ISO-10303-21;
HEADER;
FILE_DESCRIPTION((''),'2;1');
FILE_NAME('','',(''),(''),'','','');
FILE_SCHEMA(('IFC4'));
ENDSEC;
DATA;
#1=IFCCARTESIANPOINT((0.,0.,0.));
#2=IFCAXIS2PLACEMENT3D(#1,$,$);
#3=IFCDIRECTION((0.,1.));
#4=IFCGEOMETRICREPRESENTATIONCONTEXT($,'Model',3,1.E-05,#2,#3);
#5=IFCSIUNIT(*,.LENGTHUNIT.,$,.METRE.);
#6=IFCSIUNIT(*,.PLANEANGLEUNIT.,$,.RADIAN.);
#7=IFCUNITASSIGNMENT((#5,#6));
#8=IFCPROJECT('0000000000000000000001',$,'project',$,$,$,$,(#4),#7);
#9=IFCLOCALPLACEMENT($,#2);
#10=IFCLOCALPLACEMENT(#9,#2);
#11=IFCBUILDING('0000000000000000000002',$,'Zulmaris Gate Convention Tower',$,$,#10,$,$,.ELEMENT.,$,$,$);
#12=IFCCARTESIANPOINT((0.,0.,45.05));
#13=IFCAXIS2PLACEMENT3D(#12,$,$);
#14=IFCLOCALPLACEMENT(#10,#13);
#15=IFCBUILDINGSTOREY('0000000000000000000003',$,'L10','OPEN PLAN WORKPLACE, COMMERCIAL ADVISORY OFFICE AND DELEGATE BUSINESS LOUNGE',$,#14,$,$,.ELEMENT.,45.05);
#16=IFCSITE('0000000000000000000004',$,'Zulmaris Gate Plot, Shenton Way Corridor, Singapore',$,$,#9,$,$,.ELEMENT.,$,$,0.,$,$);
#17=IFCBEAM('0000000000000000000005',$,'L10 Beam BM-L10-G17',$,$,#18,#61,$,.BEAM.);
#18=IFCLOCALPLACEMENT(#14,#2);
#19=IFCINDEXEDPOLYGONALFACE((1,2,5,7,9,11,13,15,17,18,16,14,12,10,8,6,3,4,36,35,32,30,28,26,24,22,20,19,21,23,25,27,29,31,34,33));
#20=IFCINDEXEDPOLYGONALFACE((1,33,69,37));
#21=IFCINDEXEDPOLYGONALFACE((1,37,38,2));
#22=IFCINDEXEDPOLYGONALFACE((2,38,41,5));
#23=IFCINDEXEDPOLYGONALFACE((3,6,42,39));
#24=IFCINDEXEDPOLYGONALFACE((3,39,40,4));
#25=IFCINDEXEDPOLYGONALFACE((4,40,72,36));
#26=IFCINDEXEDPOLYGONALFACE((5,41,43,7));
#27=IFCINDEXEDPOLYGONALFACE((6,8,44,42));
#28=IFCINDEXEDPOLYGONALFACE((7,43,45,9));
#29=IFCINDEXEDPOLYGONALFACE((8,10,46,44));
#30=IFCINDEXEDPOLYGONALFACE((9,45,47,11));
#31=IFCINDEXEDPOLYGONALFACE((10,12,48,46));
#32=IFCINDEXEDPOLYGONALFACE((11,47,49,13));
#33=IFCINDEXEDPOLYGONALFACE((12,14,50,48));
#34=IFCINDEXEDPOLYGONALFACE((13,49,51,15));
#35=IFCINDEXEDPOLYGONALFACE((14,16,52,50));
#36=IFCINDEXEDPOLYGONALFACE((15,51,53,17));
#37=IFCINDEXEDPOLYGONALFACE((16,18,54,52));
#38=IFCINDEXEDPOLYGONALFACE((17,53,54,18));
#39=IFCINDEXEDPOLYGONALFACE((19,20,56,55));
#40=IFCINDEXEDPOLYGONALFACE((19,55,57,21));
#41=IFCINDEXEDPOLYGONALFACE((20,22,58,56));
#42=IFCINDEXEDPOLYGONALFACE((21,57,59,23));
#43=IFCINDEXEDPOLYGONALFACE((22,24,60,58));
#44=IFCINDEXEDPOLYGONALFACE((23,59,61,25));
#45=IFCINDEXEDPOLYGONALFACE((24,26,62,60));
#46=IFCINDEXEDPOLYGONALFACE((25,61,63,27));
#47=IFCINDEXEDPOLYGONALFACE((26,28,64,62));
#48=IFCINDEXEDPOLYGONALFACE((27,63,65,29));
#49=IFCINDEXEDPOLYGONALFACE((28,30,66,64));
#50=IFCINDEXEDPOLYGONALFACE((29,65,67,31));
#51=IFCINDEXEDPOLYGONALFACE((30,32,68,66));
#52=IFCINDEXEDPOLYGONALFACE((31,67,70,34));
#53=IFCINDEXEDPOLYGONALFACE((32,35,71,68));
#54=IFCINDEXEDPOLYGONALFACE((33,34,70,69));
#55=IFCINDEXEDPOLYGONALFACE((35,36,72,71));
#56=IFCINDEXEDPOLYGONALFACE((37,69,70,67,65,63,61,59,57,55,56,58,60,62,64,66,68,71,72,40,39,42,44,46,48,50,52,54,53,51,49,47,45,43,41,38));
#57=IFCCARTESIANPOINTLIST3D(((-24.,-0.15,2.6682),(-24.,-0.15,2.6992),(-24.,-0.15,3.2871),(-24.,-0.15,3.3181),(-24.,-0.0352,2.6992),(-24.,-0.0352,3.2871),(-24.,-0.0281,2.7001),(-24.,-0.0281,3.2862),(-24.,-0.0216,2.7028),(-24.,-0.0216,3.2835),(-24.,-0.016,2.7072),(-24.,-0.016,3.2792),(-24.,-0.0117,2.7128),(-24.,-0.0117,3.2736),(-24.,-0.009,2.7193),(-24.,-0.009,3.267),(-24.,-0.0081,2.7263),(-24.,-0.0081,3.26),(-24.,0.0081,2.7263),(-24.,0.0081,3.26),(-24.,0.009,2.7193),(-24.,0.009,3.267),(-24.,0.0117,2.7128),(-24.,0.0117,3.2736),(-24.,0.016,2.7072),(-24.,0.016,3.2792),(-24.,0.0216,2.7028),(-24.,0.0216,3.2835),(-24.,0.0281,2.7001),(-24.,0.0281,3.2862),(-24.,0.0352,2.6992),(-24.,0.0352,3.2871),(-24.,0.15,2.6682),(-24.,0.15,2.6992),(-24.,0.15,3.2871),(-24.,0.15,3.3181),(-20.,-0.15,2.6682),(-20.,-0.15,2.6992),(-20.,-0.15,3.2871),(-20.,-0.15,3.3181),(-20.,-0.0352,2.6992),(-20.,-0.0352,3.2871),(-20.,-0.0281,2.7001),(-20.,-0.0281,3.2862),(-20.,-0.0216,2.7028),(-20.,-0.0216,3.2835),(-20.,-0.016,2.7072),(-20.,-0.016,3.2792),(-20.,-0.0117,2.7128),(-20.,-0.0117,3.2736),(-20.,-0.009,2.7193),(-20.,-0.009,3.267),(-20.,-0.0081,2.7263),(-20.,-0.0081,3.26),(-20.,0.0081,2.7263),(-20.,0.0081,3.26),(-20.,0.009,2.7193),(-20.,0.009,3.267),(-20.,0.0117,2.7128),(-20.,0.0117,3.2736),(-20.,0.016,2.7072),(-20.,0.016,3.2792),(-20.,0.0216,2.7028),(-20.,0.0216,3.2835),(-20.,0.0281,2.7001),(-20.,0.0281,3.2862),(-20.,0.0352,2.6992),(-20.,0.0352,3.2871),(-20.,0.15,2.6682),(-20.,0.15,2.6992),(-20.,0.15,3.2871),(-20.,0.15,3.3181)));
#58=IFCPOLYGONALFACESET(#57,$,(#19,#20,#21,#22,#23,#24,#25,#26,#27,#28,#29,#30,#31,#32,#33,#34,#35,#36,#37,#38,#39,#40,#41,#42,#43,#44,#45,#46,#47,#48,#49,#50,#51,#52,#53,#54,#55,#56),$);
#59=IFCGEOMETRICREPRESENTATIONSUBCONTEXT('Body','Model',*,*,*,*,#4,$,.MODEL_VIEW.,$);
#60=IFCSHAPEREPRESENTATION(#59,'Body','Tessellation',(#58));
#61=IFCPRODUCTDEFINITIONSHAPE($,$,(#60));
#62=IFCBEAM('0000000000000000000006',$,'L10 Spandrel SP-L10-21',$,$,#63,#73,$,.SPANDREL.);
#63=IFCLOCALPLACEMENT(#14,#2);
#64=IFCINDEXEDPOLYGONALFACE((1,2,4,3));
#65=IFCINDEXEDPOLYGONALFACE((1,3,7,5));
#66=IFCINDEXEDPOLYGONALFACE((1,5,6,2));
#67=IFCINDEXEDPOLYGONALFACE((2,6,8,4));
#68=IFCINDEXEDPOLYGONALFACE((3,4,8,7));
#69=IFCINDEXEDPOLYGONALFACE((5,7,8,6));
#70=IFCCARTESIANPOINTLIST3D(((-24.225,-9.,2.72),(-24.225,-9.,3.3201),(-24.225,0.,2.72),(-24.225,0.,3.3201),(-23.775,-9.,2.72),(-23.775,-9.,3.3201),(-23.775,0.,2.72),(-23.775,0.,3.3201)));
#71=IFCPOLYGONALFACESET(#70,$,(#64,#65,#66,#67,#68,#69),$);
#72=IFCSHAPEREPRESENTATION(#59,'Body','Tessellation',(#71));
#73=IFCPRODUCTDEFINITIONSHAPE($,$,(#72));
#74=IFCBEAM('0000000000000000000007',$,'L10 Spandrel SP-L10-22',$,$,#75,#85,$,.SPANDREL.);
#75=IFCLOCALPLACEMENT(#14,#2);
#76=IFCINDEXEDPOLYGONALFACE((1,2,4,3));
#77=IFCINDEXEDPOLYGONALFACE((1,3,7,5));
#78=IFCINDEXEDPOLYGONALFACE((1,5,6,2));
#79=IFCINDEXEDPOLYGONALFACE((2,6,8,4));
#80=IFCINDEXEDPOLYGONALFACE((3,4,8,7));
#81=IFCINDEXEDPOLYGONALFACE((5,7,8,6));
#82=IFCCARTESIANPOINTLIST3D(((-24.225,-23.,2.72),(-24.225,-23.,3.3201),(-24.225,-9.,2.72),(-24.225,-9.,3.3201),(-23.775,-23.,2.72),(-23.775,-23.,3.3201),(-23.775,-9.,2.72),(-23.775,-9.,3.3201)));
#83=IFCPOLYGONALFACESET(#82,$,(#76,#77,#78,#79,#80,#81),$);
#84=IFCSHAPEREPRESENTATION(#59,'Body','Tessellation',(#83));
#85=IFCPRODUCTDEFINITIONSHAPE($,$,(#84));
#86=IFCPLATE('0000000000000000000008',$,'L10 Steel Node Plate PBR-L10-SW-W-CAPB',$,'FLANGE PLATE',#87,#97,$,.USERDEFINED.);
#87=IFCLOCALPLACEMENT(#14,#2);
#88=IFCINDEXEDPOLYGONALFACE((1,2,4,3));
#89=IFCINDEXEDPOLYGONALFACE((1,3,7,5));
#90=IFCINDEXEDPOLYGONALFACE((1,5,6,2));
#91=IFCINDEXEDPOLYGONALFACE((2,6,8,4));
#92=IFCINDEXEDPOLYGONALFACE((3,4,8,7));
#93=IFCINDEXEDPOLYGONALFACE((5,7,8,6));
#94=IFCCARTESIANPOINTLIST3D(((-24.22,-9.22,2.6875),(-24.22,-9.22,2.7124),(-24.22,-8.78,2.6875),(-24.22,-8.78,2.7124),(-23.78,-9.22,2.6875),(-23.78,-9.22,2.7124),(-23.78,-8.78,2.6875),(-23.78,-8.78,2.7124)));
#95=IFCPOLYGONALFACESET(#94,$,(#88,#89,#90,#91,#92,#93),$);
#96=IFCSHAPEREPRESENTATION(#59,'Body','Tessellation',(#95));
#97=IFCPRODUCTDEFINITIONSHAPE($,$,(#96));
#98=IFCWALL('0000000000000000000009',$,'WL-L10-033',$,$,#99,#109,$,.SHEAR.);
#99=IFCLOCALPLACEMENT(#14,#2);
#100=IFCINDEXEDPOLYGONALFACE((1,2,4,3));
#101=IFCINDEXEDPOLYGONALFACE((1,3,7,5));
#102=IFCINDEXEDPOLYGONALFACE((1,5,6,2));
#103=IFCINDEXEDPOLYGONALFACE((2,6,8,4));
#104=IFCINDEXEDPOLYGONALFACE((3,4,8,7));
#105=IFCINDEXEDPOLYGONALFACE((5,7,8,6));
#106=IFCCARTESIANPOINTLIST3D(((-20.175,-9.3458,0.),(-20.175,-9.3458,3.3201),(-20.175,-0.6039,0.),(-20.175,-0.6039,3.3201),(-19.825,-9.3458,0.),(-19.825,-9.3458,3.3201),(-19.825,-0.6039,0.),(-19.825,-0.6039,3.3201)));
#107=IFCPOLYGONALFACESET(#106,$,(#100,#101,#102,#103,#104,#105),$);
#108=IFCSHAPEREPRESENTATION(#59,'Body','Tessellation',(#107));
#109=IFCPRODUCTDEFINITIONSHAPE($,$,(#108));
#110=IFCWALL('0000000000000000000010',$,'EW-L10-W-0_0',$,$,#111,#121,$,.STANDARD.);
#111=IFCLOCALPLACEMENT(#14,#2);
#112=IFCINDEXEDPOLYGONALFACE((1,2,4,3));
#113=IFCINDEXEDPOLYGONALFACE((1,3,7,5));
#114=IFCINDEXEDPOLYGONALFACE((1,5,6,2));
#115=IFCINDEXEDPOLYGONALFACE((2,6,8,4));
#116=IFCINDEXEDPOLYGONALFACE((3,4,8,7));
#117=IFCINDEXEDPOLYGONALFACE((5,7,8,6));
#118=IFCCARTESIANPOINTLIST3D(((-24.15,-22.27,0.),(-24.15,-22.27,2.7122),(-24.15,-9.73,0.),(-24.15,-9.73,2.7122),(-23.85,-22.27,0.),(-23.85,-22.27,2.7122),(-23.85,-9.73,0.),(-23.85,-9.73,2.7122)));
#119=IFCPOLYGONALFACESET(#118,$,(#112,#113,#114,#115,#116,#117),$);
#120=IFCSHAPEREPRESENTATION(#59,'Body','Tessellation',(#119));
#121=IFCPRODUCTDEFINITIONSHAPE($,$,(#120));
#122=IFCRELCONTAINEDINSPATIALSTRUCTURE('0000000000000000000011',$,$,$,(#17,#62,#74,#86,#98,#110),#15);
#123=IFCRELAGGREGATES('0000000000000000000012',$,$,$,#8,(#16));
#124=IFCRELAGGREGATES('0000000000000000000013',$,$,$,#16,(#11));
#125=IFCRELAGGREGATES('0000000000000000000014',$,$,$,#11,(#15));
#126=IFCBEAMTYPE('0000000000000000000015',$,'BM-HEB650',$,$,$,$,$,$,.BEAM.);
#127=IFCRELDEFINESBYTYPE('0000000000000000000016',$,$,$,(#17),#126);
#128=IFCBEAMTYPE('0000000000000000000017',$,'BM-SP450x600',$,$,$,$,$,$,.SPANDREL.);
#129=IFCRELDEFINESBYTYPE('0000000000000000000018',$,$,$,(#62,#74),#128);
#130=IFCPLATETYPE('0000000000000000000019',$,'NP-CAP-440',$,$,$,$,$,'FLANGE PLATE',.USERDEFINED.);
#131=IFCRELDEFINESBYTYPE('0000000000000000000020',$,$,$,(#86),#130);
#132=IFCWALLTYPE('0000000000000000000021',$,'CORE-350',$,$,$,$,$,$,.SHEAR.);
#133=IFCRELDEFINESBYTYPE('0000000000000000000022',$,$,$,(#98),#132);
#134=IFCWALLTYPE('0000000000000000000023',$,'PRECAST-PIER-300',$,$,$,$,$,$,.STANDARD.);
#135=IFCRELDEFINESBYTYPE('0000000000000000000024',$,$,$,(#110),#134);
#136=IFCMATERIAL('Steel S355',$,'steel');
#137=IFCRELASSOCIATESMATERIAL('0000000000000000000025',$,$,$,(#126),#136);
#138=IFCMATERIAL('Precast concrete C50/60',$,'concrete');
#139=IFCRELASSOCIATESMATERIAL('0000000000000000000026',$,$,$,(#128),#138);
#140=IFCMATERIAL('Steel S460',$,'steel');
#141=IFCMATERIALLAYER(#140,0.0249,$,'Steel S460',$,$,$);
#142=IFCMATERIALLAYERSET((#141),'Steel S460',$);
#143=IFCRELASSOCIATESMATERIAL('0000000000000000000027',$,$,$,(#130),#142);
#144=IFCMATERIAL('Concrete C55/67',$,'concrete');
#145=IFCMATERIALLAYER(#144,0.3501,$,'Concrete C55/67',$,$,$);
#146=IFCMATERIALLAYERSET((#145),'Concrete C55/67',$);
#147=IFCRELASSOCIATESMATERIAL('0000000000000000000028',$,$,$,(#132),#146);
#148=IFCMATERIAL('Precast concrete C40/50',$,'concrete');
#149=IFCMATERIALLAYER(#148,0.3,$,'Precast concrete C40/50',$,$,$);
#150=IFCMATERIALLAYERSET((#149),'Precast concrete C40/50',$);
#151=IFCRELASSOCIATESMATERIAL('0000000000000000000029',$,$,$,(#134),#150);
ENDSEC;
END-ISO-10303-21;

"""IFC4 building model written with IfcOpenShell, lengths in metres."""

from ifc_helpers import new_model, si_unit, direction, frame, frame_2d, origin, origin_2d, place, context, subcontext, project, spatial, rectangle, i_section, extrude, material, layer, layer_set, material_profile, profile_set, type_object, element, save


model = new_model("IFC4")

# Units and contexts
model_context = context("Model", 3, precision=1e-05, world=origin(), true_north=direction((0.0, 1.0)))
body_context = subcontext(model_context, "Body", "Model", "MODEL_VIEW")
ifc_project = project(units=[si_unit("LENGTHUNIT", "METRE"), si_unit("PLANEANGLEUNIT", "RADIAN")], contexts=[model_context])

# Site, building, storey
site_placement = place(None, origin())
site = spatial("IfcSite", under=ifc_project, at=site_placement, Name="Zulmaris Gate Plot, Shenton Way Corridor, Singapore", CompositionType="ELEMENT", RefElevation=0.0)
building_placement = place(site_placement, origin())
building = spatial("IfcBuilding", under=site, at=building_placement, Name="Zulmaris Gate Convention Tower", CompositionType="ELEMENT")
storey_placement = place(building_placement, frame((0.0, 0.0, 45.05)))
storey = spatial("IfcBuildingStorey", under=building, at=storey_placement, Name="L10", Description="OPEN PLAN WORKPLACE, COMMERCIAL ADVISORY OFFICE AND DELEGATE BUSINESS LOUNGE", CompositionType="ELEMENT", Elevation=45.05)

# Beams
ifc_material_1 = material(Name="Steel S355", Category="steel")
ifc_material_profile_1 = material_profile(ifc_material_1, i_section(OverallWidth=0.3, OverallDepth=0.6499, WebThickness=0.0161, FlangeThickness=0.031, FilletRadius=0.0271, at=origin_2d()), Name="HEB 650")
ifc_profile_set_1 = profile_set([ifc_material_profile_1], Name="Steel S355")
beam_type_1 = type_object("IfcBeamType", Name="BM-HEB650", PredefinedType="BEAM", material=ifc_profile_set_1)
for number, where, z_axis, x_axis, name in (
    (1, (-24.0, 0.0, 2.9932), (1.0, 0.0, 0.0), (0.0, 1.0, 0.0), "L10 Beam BM-L10-G17"),
):
    element("IfcBeam", number, at=place(storey_placement, frame(where, z_axis=z_axis, x_axis=x_axis)), inside=storey, type_object=beam_type_1, Name=name, PredefinedType="BEAM", context=body_context, shape_type="SweptSolid", body=[
        extrude(i_section(OverallWidth=0.3, OverallDepth=0.6499, WebThickness=0.0161, FlangeThickness=0.031, FilletRadius=0.0271, at=origin_2d()), origin(), (0.0, 0.0, 1.0), 4.0),
    ])
ifc_material_2 = material(Name="Precast concrete C50/60", Category="concrete")
ifc_material_profile_2 = material_profile(ifc_material_2, rectangle(XDim=0.45, YDim=0.6001, at=origin_2d()), Name="RC SPANDREL 450x600")
ifc_profile_set_2 = profile_set([ifc_material_profile_2], Name="Precast concrete C50/60")
beam_type_2 = type_object("IfcBeamType", Name="BM-SP450x600", PredefinedType="SPANDREL", material=ifc_profile_set_2)
beam_1_placement = place(storey_placement, frame((-24.0, 0.0, 3.02), z_axis=(0.0, -1.0, 0.0), x_axis=(1.0, 0.0, 0.0)))
element("IfcBeam", 2, at=beam_1_placement, inside=storey, type_object=beam_type_2, Name="L10 Spandrel SP-L10-21", PredefinedType="SPANDREL", context=body_context, shape_type="SweptSolid", body=[
    extrude(rectangle(XDim=0.45, YDim=0.6001, at=origin_2d()), origin(), (0.0, 0.0, 1.0), 9.0),
])
beam_2_placement = place(storey_placement, frame((-24.0, -9.0, 3.02), z_axis=(0.0, -1.0, 0.0), x_axis=(1.0, 0.0, 0.0)))
element("IfcBeam", 3, at=beam_2_placement, inside=storey, type_object=beam_type_2, Name="L10 Spandrel SP-L10-22", PredefinedType="SPANDREL", context=body_context, shape_type="SweptSolid", body=[
    extrude(rectangle(XDim=0.45, YDim=0.6001, at=origin_2d()), origin(), (0.0, 0.0, 1.0), 14.0),
])

# Plate
ifc_material_3 = material(Name="Steel S460", Category="steel")
ifc_layer_1 = layer(ifc_material_3, 0.0249, Name="Steel S460")
ifc_layer_set_1 = layer_set([ifc_layer_1], Name="Steel S460")
plate_type = type_object("IfcPlateType", Name="NP-CAP-440", ElementType="FLANGE PLATE", PredefinedType="USERDEFINED", material=ifc_layer_set_1)
plate_placement = place(storey_placement, frame((-24.0, -9.0, 2.6875), z_axis=(0.0, 0.0, 1.0), x_axis=(1.0, 0.0, 0.0)))
element("IfcPlate", 4, at=plate_placement, inside=storey, type_object=plate_type, Name="L10 Steel Node Plate PBR-L10-SW-W-CAPB", ObjectType="FLANGE PLATE", PredefinedType="USERDEFINED", context=body_context, shape_type="SweptSolid", body=[
    extrude(rectangle(XDim=0.4399, YDim=0.4399, at=origin_2d()), origin(), (0.0, 0.0, 1.0), 0.0249),
])

# Walls
ifc_material_4 = material(Name="Concrete C55/67", Category="concrete")
ifc_layer_2 = layer(ifc_material_4, 0.3501, Name="Concrete C55/67")
ifc_layer_set_2 = layer_set([ifc_layer_2], Name="Concrete C55/67")
wall_type_1 = type_object("IfcWallType", Name="CORE-350", PredefinedType="SHEAR", material=ifc_layer_set_2)
wall_1_placement = place(storey_placement, frame((-20.0, -9.3459, 0.0), z_axis=(0.0, 0.0, 1.0), x_axis=(0.0, 1.0, 0.0)))
element("IfcWall", 5, at=wall_1_placement, inside=storey, type_object=wall_type_1, Name="WL-L10-033", PredefinedType="SHEAR", context=body_context, shape_type="SweptSolid", body=[
    extrude(rectangle(XDim=8.7419, YDim=0.3501, at=frame_2d((4.3711, 0.0))), origin(), (0.0, 0.0, 1.0), 3.3201),
])
ifc_material_5 = material(Name="Precast concrete C40/50", Category="concrete")
ifc_layer_3 = layer(ifc_material_5, 0.3, Name="Precast concrete C40/50")
ifc_layer_set_3 = layer_set([ifc_layer_3], Name="Precast concrete C40/50")
wall_type_2 = type_object("IfcWallType", Name="PRECAST-PIER-300", PredefinedType="STANDARD", material=ifc_layer_set_3)
wall_2_placement = place(storey_placement, frame((-24.0, -9.73, 0.0), z_axis=(0.0, 0.0, 1.0), x_axis=(0.0, -1.0, 0.0)))
element("IfcWall", 6, at=wall_2_placement, inside=storey, type_object=wall_type_2, Name="EW-L10-W-0_0", PredefinedType="STANDARD", context=body_context, shape_type="SweptSolid", body=[
    extrude(rectangle(XDim=12.54, YDim=0.3, at=frame_2d((6.27, 0.0))), origin(), (0.0, 0.0, 1.0), 2.7122),
])

save(model, "model.ifc")
